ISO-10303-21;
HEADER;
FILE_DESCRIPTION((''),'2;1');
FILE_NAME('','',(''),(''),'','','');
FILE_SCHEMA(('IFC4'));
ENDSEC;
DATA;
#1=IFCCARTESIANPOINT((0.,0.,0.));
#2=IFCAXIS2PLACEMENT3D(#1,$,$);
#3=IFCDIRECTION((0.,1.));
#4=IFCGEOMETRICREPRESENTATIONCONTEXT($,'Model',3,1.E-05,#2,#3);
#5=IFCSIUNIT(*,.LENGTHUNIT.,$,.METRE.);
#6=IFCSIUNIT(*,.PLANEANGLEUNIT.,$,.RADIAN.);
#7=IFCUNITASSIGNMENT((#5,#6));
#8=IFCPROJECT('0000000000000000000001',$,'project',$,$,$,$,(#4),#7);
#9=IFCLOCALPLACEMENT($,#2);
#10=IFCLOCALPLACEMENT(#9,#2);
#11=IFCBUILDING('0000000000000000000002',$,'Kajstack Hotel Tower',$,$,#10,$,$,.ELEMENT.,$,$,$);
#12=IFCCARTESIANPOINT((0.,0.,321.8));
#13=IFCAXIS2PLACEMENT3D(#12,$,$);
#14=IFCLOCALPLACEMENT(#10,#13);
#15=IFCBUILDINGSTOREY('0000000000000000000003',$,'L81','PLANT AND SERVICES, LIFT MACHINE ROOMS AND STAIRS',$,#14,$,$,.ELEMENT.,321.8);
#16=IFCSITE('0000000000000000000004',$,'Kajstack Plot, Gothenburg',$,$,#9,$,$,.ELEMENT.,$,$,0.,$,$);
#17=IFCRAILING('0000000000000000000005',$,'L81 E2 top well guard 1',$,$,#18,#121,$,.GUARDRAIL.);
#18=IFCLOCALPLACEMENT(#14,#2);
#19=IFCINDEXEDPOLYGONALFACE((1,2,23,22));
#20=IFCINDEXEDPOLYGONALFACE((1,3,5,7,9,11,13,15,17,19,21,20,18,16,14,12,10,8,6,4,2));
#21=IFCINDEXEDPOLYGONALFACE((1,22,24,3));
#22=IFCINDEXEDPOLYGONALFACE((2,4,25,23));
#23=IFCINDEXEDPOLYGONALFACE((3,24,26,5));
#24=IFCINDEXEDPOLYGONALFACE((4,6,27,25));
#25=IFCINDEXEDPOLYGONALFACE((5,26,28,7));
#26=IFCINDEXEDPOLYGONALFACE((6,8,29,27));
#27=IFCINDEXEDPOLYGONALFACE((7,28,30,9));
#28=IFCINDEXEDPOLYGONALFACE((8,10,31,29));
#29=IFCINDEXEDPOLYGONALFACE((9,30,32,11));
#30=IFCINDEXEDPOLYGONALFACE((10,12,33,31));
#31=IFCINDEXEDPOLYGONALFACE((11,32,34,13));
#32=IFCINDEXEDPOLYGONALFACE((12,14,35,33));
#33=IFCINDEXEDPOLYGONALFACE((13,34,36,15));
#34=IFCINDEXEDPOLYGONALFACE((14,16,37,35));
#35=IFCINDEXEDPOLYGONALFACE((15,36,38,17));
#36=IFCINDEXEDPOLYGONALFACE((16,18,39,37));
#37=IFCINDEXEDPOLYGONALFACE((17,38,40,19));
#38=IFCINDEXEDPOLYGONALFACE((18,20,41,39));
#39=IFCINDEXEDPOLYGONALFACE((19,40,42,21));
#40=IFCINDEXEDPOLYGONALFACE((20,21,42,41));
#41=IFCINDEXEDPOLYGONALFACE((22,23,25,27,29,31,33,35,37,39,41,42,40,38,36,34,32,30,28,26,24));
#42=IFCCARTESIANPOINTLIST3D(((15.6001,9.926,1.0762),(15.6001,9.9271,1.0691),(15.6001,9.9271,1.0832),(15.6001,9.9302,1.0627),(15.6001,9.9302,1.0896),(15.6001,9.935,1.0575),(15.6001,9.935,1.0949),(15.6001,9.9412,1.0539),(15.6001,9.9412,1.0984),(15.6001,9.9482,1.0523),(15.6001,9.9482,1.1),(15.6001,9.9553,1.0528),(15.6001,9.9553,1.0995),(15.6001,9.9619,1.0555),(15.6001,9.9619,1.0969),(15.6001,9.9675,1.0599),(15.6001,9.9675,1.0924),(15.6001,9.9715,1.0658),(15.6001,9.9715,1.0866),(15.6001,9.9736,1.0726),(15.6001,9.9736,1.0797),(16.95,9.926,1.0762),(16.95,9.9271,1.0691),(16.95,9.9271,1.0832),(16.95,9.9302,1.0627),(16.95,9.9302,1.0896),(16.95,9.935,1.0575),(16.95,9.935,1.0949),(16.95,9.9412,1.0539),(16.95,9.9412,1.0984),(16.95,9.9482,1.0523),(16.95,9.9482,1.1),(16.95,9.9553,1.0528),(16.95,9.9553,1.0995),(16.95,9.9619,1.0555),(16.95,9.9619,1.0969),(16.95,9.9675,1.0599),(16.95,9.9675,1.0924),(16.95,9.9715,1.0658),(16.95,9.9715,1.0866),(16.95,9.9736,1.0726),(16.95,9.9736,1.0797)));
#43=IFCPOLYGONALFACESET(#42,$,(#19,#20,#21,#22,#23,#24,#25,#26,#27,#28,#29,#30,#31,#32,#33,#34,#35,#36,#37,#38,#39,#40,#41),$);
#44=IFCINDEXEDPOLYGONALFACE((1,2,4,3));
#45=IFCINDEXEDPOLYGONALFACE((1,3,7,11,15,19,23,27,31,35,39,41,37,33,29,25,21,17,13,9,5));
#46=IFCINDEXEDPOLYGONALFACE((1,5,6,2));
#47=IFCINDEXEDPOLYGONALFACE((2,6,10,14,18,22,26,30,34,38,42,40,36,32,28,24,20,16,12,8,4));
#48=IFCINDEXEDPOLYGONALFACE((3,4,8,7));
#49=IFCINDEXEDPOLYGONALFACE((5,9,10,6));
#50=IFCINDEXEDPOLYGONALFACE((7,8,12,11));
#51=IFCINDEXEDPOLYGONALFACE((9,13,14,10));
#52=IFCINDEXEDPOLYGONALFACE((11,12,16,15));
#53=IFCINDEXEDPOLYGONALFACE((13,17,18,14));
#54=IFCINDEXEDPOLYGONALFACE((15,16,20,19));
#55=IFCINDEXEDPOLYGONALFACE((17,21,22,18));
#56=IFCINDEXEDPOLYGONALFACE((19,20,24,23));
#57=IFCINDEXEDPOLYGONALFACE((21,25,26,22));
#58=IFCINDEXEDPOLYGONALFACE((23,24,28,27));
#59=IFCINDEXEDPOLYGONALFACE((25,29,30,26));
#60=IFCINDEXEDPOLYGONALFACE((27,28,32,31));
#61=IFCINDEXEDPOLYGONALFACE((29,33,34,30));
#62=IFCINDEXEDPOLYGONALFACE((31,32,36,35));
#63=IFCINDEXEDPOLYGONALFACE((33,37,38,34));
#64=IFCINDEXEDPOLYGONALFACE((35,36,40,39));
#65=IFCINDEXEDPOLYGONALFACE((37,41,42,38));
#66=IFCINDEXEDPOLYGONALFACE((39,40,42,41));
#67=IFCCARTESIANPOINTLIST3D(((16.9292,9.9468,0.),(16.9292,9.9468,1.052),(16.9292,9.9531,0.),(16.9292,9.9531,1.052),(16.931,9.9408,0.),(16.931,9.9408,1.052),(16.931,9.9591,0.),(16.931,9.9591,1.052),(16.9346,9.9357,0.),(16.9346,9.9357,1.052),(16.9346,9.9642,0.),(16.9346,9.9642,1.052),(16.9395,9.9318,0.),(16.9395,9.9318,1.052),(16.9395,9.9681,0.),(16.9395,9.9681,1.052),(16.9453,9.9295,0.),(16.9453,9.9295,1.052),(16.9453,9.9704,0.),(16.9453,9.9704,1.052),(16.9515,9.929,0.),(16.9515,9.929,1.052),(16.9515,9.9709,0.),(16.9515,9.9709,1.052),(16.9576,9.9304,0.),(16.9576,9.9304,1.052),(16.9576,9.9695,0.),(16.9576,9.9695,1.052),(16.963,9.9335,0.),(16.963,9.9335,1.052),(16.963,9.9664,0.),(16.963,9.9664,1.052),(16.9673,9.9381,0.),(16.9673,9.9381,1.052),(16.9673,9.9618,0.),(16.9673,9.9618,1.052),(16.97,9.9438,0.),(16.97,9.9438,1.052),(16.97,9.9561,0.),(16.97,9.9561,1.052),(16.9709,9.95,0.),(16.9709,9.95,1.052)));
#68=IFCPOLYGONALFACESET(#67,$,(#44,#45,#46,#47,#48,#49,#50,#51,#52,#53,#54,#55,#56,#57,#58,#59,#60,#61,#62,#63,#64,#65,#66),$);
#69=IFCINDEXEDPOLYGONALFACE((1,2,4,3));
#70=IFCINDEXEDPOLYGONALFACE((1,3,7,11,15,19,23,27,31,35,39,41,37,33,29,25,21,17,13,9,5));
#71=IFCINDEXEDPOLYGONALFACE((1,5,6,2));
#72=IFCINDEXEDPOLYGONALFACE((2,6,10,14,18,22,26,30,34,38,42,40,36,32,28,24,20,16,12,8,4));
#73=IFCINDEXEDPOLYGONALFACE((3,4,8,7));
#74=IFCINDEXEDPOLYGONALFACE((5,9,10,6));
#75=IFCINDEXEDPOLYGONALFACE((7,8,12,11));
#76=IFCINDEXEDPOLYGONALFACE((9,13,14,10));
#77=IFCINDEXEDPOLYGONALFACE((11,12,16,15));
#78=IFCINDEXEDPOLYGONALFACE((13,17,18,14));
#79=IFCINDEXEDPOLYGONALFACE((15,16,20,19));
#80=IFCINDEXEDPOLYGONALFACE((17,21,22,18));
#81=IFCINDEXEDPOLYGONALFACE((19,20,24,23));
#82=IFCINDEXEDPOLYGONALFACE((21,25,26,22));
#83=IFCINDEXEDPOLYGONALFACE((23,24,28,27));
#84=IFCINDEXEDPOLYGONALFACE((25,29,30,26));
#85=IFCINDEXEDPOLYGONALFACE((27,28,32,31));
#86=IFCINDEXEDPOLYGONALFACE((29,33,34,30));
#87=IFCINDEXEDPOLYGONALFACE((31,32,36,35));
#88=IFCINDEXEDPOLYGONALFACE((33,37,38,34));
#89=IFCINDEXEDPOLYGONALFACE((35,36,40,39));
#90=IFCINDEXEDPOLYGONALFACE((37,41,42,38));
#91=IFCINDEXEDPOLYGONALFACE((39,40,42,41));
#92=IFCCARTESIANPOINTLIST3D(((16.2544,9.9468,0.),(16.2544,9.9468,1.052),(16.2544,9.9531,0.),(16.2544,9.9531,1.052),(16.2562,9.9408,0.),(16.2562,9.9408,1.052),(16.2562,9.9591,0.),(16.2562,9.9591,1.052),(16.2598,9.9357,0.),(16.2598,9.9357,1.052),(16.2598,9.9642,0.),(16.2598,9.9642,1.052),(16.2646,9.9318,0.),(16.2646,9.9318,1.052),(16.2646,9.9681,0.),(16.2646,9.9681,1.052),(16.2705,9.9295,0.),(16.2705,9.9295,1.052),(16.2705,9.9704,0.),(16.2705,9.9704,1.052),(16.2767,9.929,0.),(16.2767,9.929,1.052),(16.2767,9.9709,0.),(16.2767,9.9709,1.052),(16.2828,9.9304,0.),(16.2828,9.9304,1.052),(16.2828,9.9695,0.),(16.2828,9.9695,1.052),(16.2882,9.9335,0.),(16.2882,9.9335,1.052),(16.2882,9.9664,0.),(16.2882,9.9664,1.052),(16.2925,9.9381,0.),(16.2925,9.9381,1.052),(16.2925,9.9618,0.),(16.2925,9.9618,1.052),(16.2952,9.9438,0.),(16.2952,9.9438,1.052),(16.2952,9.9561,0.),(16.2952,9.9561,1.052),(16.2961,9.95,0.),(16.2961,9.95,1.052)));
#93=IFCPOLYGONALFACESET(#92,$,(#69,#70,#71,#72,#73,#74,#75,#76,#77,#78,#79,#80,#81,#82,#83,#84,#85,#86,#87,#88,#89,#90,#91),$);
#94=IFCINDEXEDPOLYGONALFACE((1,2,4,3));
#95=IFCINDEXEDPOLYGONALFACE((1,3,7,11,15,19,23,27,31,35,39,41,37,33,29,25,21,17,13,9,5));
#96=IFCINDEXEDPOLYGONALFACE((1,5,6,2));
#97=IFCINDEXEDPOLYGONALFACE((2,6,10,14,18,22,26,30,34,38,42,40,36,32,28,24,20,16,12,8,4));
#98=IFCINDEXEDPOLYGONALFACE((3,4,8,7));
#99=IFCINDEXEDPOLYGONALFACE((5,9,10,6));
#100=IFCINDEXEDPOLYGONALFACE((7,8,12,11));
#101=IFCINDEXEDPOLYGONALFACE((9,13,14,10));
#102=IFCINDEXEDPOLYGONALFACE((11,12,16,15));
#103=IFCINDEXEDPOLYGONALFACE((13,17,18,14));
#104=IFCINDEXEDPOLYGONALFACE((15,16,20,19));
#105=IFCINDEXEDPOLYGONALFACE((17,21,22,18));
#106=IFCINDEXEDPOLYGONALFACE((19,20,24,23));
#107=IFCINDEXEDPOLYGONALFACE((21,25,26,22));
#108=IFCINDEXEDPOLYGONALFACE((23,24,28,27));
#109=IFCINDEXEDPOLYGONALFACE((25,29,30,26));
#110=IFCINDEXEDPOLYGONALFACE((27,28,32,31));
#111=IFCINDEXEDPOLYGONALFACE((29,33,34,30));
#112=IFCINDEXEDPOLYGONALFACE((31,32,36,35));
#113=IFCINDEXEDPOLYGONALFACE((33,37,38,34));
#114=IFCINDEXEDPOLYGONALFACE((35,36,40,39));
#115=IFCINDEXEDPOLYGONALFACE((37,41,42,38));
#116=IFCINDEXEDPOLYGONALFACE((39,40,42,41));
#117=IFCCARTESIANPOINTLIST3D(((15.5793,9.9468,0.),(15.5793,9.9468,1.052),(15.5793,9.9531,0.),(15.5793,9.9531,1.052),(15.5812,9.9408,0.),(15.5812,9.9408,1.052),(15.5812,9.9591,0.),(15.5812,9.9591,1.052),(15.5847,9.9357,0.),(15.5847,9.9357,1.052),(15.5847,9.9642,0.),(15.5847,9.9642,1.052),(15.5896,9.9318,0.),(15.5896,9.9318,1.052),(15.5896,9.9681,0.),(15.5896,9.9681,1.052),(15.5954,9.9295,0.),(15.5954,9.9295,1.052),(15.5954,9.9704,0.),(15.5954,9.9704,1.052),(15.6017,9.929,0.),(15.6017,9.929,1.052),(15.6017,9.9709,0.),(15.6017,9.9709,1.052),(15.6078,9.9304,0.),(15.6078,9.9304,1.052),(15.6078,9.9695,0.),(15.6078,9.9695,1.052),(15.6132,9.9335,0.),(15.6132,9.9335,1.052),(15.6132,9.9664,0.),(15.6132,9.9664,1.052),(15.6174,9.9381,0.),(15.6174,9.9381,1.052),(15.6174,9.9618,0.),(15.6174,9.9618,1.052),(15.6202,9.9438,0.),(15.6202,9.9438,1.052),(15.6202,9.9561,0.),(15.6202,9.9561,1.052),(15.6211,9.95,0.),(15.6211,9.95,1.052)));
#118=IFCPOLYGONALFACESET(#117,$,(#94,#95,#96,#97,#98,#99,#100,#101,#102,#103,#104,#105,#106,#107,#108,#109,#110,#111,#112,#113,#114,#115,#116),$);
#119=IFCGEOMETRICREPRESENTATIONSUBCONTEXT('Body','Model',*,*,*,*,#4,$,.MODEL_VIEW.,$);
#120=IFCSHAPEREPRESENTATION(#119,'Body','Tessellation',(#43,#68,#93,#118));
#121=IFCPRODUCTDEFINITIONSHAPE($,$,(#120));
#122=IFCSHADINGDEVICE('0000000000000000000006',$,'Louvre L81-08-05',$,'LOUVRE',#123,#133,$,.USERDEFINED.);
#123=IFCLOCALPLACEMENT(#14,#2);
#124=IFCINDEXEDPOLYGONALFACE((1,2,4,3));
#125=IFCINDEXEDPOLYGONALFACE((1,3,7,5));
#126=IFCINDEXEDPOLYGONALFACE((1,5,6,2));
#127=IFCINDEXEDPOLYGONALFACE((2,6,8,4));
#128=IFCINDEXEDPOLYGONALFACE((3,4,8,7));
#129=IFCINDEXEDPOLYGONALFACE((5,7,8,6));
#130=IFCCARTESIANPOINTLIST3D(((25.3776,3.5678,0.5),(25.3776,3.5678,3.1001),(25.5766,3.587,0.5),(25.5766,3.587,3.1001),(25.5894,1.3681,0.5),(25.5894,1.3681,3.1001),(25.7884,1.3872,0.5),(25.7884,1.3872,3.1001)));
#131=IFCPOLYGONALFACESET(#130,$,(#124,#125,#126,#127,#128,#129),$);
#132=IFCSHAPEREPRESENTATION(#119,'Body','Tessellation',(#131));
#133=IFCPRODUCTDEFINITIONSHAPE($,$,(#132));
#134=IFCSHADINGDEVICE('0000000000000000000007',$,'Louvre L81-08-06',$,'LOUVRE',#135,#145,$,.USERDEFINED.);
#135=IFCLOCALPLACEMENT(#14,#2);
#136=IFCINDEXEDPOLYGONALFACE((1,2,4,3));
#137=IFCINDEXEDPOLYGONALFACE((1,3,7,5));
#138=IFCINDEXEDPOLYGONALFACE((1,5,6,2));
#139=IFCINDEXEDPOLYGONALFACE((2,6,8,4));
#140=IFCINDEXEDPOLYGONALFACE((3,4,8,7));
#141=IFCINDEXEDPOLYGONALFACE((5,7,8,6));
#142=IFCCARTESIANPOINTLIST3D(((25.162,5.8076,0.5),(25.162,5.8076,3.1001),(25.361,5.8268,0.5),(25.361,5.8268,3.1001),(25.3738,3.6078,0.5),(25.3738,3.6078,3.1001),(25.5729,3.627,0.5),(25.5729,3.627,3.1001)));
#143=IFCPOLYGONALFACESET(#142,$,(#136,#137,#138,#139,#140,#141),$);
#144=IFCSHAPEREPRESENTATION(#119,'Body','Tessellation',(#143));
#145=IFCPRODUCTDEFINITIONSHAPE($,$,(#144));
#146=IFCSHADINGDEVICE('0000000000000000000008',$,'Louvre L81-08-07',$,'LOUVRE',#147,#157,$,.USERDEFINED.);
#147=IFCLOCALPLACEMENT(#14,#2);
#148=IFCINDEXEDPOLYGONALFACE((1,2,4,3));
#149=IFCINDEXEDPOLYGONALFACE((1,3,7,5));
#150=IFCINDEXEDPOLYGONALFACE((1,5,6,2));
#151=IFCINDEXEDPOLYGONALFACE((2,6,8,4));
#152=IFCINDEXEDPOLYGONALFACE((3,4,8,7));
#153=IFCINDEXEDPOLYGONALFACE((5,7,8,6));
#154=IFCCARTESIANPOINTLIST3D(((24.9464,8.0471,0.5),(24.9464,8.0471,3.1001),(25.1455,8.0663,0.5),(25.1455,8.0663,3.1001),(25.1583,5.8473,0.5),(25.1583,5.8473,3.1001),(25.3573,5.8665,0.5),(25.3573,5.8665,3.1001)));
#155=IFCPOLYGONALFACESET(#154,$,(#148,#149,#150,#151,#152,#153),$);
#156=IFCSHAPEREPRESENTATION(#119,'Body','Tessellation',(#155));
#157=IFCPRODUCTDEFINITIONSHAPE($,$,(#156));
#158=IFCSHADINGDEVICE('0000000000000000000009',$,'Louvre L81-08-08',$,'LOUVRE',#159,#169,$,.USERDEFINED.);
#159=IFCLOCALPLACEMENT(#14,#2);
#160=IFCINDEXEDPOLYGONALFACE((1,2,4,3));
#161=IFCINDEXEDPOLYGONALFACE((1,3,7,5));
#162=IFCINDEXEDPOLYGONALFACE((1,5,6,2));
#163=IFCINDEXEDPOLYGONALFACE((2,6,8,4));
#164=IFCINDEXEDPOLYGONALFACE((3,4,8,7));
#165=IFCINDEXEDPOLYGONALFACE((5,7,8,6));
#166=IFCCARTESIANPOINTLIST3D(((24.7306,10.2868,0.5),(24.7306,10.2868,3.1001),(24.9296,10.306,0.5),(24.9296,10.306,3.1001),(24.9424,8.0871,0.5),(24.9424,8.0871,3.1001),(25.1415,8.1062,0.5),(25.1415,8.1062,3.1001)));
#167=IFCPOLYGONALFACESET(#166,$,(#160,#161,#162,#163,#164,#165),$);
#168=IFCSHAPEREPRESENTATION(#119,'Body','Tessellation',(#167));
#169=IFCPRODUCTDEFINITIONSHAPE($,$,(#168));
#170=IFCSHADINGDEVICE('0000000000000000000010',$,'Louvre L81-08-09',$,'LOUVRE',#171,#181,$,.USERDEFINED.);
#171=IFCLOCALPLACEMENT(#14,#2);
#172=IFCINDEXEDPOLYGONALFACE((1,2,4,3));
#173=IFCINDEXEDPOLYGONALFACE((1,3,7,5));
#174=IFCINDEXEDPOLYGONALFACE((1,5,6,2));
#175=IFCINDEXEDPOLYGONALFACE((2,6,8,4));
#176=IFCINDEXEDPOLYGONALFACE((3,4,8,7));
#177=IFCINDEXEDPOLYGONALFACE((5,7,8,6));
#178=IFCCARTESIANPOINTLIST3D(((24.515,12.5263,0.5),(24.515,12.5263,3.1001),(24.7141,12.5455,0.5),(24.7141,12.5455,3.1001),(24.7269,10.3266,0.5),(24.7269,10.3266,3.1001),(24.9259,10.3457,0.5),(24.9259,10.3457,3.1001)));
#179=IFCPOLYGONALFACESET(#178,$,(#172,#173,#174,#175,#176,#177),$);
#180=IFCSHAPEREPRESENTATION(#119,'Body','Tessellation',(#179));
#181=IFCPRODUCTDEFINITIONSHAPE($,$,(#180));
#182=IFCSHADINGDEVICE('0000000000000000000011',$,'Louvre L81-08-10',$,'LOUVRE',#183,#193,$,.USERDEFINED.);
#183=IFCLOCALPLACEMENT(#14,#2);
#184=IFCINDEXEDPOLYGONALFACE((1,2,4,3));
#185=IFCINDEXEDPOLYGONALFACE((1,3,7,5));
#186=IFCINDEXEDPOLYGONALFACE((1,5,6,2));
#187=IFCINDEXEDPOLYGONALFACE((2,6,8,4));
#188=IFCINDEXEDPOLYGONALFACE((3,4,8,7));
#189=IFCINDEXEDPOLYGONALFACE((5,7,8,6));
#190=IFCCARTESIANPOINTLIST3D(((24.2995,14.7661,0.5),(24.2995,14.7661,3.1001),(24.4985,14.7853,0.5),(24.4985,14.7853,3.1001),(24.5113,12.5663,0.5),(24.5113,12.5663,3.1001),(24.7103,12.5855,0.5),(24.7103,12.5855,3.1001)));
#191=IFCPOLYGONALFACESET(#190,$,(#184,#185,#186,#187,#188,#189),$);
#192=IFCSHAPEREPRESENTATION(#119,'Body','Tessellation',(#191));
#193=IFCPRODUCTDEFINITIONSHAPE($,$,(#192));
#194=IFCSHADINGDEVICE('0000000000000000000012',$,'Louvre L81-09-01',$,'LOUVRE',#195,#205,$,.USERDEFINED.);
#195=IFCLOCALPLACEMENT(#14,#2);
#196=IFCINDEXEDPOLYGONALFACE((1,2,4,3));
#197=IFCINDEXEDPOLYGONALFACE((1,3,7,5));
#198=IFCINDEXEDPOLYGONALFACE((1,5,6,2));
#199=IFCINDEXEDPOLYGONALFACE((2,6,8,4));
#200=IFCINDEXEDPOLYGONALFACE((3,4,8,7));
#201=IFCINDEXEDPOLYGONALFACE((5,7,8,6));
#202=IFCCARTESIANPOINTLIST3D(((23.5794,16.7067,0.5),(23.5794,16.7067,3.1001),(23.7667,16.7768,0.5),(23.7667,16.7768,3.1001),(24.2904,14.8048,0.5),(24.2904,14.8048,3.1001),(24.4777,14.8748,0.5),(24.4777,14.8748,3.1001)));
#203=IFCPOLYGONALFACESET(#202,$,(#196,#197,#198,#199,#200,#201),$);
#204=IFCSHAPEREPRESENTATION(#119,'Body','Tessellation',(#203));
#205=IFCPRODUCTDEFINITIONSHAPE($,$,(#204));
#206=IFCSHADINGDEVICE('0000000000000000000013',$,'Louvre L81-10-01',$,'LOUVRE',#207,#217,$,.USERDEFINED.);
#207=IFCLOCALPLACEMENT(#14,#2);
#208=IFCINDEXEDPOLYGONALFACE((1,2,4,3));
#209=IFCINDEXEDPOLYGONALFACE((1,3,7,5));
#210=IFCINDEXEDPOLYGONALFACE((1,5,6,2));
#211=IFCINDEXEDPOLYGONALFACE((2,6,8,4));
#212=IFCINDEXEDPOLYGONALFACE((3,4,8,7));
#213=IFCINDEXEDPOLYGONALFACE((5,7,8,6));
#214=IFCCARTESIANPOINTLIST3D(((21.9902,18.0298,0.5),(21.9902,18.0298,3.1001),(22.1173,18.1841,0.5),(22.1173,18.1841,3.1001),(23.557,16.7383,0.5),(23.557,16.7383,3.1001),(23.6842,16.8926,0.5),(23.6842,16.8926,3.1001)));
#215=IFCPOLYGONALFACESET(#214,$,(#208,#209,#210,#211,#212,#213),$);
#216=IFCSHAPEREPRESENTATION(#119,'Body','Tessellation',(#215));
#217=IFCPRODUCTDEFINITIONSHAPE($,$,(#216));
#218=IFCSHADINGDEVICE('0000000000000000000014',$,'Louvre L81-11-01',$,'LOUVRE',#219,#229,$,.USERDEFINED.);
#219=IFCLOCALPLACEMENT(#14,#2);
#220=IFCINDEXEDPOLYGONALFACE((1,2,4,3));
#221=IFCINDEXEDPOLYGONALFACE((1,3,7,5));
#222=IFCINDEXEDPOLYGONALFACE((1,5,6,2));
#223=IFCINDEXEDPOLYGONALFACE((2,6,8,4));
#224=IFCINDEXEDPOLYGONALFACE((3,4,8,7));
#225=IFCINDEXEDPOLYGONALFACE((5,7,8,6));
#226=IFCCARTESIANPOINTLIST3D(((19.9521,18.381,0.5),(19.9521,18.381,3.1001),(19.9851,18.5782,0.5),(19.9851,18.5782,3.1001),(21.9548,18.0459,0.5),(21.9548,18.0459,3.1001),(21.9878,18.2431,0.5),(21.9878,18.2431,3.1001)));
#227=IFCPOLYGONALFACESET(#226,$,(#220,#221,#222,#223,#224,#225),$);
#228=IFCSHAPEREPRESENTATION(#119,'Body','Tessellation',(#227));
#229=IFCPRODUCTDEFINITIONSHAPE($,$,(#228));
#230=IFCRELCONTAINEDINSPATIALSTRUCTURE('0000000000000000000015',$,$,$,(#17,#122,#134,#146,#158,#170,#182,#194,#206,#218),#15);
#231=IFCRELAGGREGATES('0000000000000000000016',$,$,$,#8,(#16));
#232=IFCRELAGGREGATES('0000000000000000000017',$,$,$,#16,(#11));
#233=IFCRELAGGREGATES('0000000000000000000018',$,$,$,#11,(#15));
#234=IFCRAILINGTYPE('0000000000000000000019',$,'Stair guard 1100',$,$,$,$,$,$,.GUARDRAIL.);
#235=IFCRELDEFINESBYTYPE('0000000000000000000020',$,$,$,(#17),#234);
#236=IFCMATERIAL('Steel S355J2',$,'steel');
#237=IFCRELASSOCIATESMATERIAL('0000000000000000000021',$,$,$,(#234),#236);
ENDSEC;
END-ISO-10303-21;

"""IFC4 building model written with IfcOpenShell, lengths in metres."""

from ifc_helpers import new_model, si_unit, direction, frame, origin, origin_2d, place, context, subcontext, project, spatial, rectangle, circle, extrude, material, type_object, element, save


model = new_model("IFC4")

# Units and contexts
model_context = context("Model", 3, precision=1e-05, world=origin(), true_north=direction((0.0, 1.0)))
body_context = subcontext(model_context, "Body", "Model", "MODEL_VIEW")
ifc_project = project(units=[si_unit("LENGTHUNIT", "METRE"), si_unit("PLANEANGLEUNIT", "RADIAN")], contexts=[model_context])

# Site, building, storey
site_placement = place(None, origin())
site = spatial("IfcSite", under=ifc_project, at=site_placement, Name="Kajstack Plot, Gothenburg", CompositionType="ELEMENT", RefElevation=0.0)
building_placement = place(site_placement, origin())
building = spatial("IfcBuilding", under=site, at=building_placement, Name="Kajstack Hotel Tower", CompositionType="ELEMENT")
storey_placement = place(building_placement, frame((0.0, 0.0, 321.8)))
storey = spatial("IfcBuildingStorey", under=building, at=storey_placement, Name="L81", Description="PLANT AND SERVICES, LIFT MACHINE ROOMS AND STAIRS", CompositionType="ELEMENT", Elevation=321.8)

# Railing
ifc_material_1 = material(Name="Steel S355J2", Category="steel")
railing_type = type_object("IfcRailingType", Name="Stair guard 1100", PredefinedType="GUARDRAIL", material=ifc_material_1)
railing_placement = place(storey_placement, frame((16.95, 9.95, 0.0)))
element("IfcRailing", 1, at=railing_placement, inside=storey, type_object=railing_type, Name="L81 E2 top well guard 1", PredefinedType="GUARDRAIL", context=body_context, shape_type="SweptSolid", body=[
    extrude(circle(Radius=0.0239, at=origin_2d()), frame((0.0, 0.0, 1.0762), z_axis=(-1.0, 0.0, 0.0), x_axis=(0.0, -1.0, 0.0)), (0.0, 0.0, 1.0), 1.3499),
    extrude(circle(Radius=0.021, at=origin_2d()), origin(), (0.0, 0.0, 1.0), 1.052),
    extrude(circle(Radius=0.021, at=origin_2d()), frame((-0.6748, 0.0, 0.0)), (0.0, 0.0, 1.0), 1.052),
    extrude(circle(Radius=0.021, at=origin_2d()), frame((-1.3499, 0.0, 0.0)), (0.0, 0.0, 1.0), 1.052),
])

# Shading devices
for number, where, z_axis, x_axis, name in (
    (2, (25.583, 2.4775, 0.5), (0.0, 0.0, 1.0), (-0.095849, 0.995396, 0.0), "Louvre L81-08-05"),
    (3, (25.3674, 4.7173, 0.5), (0.0, 0.0, 1.0), (-0.095849, 0.995396, 0.0), "Louvre L81-08-06"),
    (4, (25.1519, 6.9568, 0.5), (0.0, 0.0, 1.0), (-0.095849, 0.995396, 0.0), "Louvre L81-08-07"),
    (5, (24.936, 9.1965, 0.5), (0.0, 0.0, 1.0), (-0.095849, 0.995396, 0.0), "Louvre L81-08-08"),
    (6, (24.7205, 11.436, 0.5), (0.0, 0.0, 1.0), (-0.095849, 0.995396, 0.0), "Louvre L81-08-09"),
    (7, (24.5049, 13.6758, 0.5), (0.0, 0.0, 1.0), (-0.095849, 0.995396, 0.0), "Louvre L81-08-10"),
):
    element("IfcShadingDevice", number, at=place(storey_placement, frame(where, z_axis=z_axis, x_axis=x_axis)), inside=storey, Name=name, ObjectType="LOUVRE", PredefinedType="USERDEFINED", context=body_context, shape_type="SweptSolid", body=[
        extrude(rectangle(XDim=2.21, YDim=0.2, at=origin_2d()), origin(), (0.0, 0.0, 1.0), 2.6001),
    ])
for number, where, z_axis, x_axis, name in (
    (8, (24.0286, 15.7908, 0.5), (0.0, 0.0, 1.0), (-0.350186, 0.93668, 0.0), "Louvre L81-09-01"),
    (9, (22.8372, 17.4612, 0.5), (0.0, 0.0, 1.0), (-0.771635, 0.636066, 0.0), "Louvre L81-10-01"),
    (10, (20.97, 18.312, 0.5), (0.0, 0.0, 1.0), (-0.986288, 0.165033, 0.0), "Louvre L81-11-01"),
):
    element("IfcShadingDevice", number, at=place(storey_placement, frame(where, z_axis=z_axis, x_axis=x_axis)), inside=storey, Name=name, ObjectType="LOUVRE", PredefinedType="USERDEFINED", context=body_context, shape_type="SweptSolid", body=[
        extrude(rectangle(XDim=2.0305, YDim=0.2, at=origin_2d()), origin(), (0.0, 0.0, 1.0), 2.6001),
    ])

save(model, "model.ifc")
